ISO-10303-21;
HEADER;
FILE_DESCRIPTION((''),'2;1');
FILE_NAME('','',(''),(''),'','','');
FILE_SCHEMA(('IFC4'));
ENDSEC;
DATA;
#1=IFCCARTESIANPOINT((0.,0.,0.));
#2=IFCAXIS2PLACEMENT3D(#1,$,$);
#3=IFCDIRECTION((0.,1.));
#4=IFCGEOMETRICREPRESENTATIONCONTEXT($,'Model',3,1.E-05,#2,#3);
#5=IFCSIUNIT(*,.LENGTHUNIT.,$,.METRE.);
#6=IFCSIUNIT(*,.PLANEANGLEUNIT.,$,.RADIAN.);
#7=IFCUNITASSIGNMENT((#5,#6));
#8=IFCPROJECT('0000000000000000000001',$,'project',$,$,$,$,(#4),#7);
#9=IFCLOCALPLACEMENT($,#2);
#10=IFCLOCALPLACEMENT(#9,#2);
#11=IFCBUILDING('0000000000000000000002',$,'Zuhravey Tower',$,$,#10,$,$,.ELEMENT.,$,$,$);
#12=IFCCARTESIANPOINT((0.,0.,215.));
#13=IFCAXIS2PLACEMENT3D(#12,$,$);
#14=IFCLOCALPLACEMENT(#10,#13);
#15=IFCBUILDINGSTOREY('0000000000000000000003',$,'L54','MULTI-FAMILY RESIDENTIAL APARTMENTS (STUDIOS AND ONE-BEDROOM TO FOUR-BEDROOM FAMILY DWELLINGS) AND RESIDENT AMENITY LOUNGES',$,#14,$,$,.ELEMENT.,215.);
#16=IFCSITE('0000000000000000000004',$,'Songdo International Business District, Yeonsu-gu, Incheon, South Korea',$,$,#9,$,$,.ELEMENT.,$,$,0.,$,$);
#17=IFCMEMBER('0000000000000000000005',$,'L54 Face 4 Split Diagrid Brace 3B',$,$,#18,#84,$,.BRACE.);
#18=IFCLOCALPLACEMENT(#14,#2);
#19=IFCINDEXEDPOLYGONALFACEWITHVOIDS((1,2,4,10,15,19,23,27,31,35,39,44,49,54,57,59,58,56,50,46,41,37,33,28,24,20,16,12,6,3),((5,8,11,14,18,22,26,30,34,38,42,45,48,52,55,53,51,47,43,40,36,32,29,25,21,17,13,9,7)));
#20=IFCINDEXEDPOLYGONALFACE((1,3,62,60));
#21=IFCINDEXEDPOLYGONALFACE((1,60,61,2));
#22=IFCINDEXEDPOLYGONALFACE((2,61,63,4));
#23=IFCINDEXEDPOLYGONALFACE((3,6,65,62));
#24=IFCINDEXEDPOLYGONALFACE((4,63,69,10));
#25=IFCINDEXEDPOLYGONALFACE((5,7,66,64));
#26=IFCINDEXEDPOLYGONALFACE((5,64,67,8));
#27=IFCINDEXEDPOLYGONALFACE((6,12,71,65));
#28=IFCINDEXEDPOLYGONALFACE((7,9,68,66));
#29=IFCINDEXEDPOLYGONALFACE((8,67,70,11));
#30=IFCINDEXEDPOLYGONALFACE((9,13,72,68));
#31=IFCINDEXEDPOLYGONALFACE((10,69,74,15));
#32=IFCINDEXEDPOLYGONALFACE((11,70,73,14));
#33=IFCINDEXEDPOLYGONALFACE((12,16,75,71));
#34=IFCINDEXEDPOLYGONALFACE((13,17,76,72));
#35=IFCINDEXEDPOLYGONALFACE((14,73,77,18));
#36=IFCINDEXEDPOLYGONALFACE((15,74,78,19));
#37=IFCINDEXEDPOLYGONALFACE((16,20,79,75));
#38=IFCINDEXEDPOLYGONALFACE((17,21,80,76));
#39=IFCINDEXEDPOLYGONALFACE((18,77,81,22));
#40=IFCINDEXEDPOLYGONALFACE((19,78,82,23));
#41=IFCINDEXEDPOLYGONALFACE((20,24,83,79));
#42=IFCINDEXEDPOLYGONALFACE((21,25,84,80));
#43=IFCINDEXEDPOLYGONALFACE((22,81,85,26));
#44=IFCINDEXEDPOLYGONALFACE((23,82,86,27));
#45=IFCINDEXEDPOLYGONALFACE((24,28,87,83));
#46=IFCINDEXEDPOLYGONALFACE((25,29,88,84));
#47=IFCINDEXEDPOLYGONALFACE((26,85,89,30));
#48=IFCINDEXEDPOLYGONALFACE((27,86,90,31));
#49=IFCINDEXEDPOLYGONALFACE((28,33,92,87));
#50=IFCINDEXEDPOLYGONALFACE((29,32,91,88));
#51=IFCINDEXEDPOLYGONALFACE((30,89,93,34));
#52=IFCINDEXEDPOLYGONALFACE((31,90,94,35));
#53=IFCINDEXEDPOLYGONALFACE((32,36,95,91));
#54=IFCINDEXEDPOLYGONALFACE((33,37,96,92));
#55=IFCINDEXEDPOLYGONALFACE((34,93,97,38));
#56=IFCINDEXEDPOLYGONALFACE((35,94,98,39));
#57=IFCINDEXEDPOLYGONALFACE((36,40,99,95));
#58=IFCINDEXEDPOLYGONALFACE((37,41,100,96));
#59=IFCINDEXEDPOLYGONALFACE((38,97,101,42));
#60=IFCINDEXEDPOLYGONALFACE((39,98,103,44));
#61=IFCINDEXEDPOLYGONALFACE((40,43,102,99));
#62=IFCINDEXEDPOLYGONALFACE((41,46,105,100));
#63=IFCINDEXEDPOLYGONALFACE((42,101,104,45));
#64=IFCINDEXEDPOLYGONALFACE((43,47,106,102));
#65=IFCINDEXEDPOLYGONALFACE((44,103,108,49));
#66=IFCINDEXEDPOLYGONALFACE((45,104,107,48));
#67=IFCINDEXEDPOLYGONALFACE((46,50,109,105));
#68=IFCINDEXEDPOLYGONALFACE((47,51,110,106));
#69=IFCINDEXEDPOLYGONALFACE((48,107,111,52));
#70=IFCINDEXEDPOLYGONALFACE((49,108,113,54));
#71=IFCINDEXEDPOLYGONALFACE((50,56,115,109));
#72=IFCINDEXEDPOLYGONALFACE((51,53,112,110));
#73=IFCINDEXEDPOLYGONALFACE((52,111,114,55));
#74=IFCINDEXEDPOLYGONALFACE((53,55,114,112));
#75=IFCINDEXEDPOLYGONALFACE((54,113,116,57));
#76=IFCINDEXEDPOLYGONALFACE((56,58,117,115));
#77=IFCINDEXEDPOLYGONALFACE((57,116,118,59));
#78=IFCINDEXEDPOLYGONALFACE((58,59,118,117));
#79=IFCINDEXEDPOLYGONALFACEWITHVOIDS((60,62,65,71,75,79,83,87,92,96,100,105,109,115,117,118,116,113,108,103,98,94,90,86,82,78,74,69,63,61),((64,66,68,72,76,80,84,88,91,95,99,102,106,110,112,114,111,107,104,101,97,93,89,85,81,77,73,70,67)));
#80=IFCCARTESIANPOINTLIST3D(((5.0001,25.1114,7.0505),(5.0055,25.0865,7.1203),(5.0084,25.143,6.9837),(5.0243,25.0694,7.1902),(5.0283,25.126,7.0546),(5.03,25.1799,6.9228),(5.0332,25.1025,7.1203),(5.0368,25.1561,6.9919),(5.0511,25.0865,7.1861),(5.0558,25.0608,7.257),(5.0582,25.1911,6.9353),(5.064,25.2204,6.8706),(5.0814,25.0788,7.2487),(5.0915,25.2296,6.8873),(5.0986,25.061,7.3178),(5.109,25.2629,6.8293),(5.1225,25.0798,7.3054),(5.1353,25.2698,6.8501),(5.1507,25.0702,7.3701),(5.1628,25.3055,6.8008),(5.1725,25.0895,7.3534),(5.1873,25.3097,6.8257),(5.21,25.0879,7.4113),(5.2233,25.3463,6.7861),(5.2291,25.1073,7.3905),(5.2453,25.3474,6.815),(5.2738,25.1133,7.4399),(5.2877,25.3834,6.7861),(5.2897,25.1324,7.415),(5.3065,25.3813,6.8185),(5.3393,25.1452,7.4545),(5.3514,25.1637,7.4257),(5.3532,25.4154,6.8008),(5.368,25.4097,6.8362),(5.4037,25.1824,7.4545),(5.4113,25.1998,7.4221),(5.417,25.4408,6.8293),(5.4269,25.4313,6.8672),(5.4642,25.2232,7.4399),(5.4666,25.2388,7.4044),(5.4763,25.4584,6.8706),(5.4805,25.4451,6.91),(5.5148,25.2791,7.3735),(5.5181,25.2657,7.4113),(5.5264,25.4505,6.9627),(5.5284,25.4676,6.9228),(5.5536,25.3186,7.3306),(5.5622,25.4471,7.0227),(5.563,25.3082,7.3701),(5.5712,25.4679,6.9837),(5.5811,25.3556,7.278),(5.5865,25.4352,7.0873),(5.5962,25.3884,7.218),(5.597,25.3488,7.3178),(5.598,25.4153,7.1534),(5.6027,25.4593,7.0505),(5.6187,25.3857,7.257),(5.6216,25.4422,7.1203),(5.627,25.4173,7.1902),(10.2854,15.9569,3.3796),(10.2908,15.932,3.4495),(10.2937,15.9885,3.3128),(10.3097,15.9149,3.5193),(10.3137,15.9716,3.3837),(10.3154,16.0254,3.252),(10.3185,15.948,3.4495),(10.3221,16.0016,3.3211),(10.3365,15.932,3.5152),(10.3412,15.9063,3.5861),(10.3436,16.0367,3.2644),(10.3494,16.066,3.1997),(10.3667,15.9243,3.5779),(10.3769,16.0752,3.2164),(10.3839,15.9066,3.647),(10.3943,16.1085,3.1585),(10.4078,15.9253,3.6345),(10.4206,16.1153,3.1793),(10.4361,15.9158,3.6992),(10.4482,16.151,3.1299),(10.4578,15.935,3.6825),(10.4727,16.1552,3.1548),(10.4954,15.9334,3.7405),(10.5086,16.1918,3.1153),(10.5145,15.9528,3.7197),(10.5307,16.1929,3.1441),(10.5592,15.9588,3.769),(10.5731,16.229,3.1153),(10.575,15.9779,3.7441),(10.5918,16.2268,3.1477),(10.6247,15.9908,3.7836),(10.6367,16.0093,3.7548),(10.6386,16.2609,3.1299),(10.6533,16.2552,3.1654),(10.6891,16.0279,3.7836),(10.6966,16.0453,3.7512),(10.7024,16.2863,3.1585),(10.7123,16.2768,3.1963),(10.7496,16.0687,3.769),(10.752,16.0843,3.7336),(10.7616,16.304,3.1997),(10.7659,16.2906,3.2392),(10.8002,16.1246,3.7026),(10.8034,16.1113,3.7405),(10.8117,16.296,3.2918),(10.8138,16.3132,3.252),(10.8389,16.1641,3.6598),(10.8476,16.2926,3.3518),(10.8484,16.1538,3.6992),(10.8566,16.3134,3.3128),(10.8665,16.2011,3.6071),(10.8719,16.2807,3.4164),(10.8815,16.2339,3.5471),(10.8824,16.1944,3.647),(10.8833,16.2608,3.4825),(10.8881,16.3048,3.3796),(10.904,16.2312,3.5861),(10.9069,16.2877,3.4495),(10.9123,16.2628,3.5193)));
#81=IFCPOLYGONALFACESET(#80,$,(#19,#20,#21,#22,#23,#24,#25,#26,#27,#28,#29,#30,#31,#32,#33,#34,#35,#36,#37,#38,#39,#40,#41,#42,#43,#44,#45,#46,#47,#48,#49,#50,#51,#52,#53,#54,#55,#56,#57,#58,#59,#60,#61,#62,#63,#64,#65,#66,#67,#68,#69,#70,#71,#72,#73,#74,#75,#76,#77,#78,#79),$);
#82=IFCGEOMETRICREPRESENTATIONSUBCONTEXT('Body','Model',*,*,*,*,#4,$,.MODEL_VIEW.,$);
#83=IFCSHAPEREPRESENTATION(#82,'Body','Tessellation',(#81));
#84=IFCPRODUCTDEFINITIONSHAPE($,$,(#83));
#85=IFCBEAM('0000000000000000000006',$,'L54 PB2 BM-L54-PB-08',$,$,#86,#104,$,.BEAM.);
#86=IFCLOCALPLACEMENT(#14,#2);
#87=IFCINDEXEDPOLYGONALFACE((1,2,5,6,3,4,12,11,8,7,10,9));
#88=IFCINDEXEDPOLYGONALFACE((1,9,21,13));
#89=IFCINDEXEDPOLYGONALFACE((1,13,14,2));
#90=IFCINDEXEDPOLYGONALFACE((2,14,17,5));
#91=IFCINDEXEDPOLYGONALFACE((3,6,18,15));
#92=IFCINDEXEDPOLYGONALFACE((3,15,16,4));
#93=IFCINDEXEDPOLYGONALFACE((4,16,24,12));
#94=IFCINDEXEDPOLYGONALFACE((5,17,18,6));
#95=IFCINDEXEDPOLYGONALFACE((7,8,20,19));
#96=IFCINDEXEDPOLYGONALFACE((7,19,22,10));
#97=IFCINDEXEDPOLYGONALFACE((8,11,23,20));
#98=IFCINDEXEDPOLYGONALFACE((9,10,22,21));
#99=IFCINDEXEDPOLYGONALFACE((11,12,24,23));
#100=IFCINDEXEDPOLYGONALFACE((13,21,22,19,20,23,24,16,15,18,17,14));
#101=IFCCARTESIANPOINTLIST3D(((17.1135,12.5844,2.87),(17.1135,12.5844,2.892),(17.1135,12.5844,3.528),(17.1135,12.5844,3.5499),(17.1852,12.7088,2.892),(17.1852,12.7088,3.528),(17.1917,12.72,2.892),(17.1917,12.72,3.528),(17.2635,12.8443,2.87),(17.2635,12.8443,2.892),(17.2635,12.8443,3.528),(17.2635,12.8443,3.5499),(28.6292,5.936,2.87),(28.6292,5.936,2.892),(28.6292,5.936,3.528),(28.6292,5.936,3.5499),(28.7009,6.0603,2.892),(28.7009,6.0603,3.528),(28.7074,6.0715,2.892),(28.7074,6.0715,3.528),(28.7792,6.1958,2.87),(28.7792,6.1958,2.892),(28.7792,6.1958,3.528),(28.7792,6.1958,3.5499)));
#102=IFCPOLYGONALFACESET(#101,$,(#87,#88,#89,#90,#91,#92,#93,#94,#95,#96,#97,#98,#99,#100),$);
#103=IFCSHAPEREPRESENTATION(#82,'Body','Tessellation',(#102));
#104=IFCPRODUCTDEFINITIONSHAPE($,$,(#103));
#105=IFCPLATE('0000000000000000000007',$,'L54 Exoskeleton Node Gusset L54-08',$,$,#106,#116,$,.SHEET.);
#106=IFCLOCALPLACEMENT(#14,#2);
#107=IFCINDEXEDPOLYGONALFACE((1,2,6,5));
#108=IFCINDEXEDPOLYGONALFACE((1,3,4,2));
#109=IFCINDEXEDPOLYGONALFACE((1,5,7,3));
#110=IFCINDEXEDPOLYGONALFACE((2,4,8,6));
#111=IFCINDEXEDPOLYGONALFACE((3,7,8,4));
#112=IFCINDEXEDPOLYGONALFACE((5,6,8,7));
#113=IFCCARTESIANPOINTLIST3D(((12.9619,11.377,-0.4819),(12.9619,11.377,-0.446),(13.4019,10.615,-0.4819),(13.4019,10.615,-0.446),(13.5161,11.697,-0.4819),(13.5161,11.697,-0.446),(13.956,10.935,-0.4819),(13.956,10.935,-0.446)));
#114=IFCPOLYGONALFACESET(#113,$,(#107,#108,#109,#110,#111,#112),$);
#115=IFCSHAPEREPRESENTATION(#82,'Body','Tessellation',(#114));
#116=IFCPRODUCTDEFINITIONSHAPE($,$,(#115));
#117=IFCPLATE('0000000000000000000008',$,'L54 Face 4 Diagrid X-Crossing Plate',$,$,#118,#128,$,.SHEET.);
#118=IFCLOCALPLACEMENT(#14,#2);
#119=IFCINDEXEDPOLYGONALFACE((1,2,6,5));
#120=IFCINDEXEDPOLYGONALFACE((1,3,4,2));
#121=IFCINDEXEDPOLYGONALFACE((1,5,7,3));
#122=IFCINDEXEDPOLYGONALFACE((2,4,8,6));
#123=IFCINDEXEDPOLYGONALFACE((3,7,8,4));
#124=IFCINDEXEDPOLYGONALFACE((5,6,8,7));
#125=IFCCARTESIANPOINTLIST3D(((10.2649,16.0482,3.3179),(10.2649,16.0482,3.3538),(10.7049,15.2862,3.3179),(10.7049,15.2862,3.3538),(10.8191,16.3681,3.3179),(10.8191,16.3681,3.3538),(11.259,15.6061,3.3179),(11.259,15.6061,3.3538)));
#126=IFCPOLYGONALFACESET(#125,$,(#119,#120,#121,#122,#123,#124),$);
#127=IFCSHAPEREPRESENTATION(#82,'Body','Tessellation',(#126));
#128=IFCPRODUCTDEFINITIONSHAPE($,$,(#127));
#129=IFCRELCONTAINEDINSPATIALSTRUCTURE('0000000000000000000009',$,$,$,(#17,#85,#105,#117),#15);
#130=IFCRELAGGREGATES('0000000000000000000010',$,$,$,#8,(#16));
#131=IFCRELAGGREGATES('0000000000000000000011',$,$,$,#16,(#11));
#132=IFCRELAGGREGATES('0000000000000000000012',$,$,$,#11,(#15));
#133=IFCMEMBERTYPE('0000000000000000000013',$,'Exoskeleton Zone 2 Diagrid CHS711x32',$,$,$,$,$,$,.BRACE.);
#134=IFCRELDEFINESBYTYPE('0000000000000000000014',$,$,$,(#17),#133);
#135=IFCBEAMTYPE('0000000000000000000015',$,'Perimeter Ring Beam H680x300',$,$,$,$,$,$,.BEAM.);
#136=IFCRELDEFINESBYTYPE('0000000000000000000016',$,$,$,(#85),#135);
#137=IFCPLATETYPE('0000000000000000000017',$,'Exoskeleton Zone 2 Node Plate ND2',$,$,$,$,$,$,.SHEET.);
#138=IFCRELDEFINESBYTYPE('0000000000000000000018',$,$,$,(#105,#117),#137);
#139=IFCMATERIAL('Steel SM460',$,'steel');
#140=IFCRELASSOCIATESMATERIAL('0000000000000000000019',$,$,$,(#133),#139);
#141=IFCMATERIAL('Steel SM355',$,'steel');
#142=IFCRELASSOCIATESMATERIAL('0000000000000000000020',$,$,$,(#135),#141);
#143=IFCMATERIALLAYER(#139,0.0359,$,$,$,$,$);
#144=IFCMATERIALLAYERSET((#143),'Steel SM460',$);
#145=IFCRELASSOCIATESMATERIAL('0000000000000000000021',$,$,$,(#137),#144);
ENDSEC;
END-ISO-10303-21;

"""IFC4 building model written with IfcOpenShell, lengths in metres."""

from ifc_helpers import new_model, si_unit, direction, frame, origin, origin_2d, place, context, subcontext, project, spatial, rectangle, hollow_circle, i_section, extrude, material, layer, layer_set, material_profile, profile_set, type_object, element, save


model = new_model("IFC4")

# Units and contexts
model_context = context("Model", 3, precision=1e-05, world=origin(), true_north=direction((0.0, 1.0)))
body_context = subcontext(model_context, "Body", "Model", "MODEL_VIEW")
ifc_project = project(units=[si_unit("LENGTHUNIT", "METRE"), si_unit("PLANEANGLEUNIT", "RADIAN")], contexts=[model_context])

# Site, building, storey
site_placement = place(None, origin())
site = spatial("IfcSite", under=ifc_project, at=site_placement, Name="Songdo International Business District, Yeonsu-gu, Incheon, South Korea", CompositionType="ELEMENT", RefElevation=0.0)
building_placement = place(site_placement, origin())
building = spatial("IfcBuilding", under=site, at=building_placement, Name="Zuhravey Tower", CompositionType="ELEMENT")
storey_placement = place(building_placement, frame((0.0, 0.0, 215.0)))
storey = spatial("IfcBuildingStorey", under=building, at=storey_placement, Name="L54", Description="MULTI-FAMILY RESIDENTIAL APARTMENTS (STUDIOS AND ONE-BEDROOM TO FOUR-BEDROOM FAMILY DWELLINGS) AND RESIDENT AMENITY LOUNGES", CompositionType="ELEMENT", Elevation=215.0)

# Member
ifc_material_1 = material(Name="Steel SM460", Category="steel")
ifc_material_profile_1 = material_profile(ifc_material_1, hollow_circle(Radius=0.3557, WallThickness=0.032, at=origin_2d()), Name="CHS-711.2x32")
ifc_profile_set_1 = profile_set([ifc_material_profile_1], Name="Steel SM460")
member_type_1 = type_object("IfcMemberType", Name="Exoskeleton Zone 2 Diagrid CHS711x32", PredefinedType="BRACE", material=ifc_profile_set_1)
member_1_placement = place(storey_placement, frame((10.5989, 16.1099, 3.4495), z_axis=(-0.472332, 0.818099, 0.328051), x_axis=(-0.866024, -0.500002, 0.0)))
element("IfcMember", 1, at=member_1_placement, inside=storey, type_object=member_type_1, Name="L54 Face 4 Split Diagrid Brace 3B", PredefinedType="BRACE", context=body_context, shape_type="SweptSolid", body=[
    extrude(hollow_circle(Radius=0.3557, WallThickness=0.032, at=origin_2d()), origin(), (0.0, 0.0, 1.0), 11.1899),
])

# Beam
ifc_material_2 = material(Name="Steel SM355", Category="steel")
ifc_material_profile_2 = material_profile(ifc_material_2, i_section(OverallWidth=0.3, OverallDepth=0.6799, WebThickness=0.0129, FlangeThickness=0.022, at=origin_2d()), Name="H-680x300x13x22")
ifc_profile_set_2 = profile_set([ifc_material_profile_2], Name="Steel SM355")
beam_type = type_object("IfcBeamType", Name="Perimeter Ring Beam H680x300", PredefinedType="BEAM", material=ifc_profile_set_2)
beam_placement = place(storey_placement, frame((17.1885, 12.7144, 3.21), z_axis=(0.866029, -0.499994, 0.0), x_axis=(0.499994, 0.866029, 0.0)))
element("IfcBeam", 2, at=beam_placement, inside=storey, type_object=beam_type, Name="L54 PB2 BM-L54-PB-08", PredefinedType="BEAM", context=body_context, shape_type="SweptSolid", body=[
    extrude(i_section(OverallWidth=0.3, OverallDepth=0.6799, WebThickness=0.0129, FlangeThickness=0.022, at=origin_2d()), origin(), (0.0, 0.0, 1.0), 13.2971),
])

# Plates
ifc_layer_1 = layer(ifc_material_1, 0.0359)
ifc_layer_set_1 = layer_set([ifc_layer_1], Name="Steel SM460")
plate_type_1 = type_object("IfcPlateType", Name="Exoskeleton Zone 2 Node Plate ND2", PredefinedType="SHEET", material=ifc_layer_set_1)
for number, where, z_axis, x_axis, name in (
    (3, (13.459, 11.156, -0.4819), (0.0, 0.0, 1.0), (0.5, -0.866025, 0.0), "L54 Exoskeleton Node Gusset L54-08"),
    (4, (10.762, 15.8271, 3.3179), (0.0, 0.0, 1.0), (0.5, -0.866025, 0.0), "L54 Face 4 Diagrid X-Crossing Plate"),
):
    element("IfcPlate", number, at=place(storey_placement, frame(where, z_axis=z_axis, x_axis=x_axis)), inside=storey, type_object=plate_type_1, Name=name, PredefinedType="SHEET", context=body_context, shape_type="SweptSolid", body=[
        extrude(rectangle(XDim=0.8799, YDim=0.6399, at=origin_2d()), origin(), (0.0, 0.0, 1.0), 0.0359),
    ])

save(model, "model.ifc")
